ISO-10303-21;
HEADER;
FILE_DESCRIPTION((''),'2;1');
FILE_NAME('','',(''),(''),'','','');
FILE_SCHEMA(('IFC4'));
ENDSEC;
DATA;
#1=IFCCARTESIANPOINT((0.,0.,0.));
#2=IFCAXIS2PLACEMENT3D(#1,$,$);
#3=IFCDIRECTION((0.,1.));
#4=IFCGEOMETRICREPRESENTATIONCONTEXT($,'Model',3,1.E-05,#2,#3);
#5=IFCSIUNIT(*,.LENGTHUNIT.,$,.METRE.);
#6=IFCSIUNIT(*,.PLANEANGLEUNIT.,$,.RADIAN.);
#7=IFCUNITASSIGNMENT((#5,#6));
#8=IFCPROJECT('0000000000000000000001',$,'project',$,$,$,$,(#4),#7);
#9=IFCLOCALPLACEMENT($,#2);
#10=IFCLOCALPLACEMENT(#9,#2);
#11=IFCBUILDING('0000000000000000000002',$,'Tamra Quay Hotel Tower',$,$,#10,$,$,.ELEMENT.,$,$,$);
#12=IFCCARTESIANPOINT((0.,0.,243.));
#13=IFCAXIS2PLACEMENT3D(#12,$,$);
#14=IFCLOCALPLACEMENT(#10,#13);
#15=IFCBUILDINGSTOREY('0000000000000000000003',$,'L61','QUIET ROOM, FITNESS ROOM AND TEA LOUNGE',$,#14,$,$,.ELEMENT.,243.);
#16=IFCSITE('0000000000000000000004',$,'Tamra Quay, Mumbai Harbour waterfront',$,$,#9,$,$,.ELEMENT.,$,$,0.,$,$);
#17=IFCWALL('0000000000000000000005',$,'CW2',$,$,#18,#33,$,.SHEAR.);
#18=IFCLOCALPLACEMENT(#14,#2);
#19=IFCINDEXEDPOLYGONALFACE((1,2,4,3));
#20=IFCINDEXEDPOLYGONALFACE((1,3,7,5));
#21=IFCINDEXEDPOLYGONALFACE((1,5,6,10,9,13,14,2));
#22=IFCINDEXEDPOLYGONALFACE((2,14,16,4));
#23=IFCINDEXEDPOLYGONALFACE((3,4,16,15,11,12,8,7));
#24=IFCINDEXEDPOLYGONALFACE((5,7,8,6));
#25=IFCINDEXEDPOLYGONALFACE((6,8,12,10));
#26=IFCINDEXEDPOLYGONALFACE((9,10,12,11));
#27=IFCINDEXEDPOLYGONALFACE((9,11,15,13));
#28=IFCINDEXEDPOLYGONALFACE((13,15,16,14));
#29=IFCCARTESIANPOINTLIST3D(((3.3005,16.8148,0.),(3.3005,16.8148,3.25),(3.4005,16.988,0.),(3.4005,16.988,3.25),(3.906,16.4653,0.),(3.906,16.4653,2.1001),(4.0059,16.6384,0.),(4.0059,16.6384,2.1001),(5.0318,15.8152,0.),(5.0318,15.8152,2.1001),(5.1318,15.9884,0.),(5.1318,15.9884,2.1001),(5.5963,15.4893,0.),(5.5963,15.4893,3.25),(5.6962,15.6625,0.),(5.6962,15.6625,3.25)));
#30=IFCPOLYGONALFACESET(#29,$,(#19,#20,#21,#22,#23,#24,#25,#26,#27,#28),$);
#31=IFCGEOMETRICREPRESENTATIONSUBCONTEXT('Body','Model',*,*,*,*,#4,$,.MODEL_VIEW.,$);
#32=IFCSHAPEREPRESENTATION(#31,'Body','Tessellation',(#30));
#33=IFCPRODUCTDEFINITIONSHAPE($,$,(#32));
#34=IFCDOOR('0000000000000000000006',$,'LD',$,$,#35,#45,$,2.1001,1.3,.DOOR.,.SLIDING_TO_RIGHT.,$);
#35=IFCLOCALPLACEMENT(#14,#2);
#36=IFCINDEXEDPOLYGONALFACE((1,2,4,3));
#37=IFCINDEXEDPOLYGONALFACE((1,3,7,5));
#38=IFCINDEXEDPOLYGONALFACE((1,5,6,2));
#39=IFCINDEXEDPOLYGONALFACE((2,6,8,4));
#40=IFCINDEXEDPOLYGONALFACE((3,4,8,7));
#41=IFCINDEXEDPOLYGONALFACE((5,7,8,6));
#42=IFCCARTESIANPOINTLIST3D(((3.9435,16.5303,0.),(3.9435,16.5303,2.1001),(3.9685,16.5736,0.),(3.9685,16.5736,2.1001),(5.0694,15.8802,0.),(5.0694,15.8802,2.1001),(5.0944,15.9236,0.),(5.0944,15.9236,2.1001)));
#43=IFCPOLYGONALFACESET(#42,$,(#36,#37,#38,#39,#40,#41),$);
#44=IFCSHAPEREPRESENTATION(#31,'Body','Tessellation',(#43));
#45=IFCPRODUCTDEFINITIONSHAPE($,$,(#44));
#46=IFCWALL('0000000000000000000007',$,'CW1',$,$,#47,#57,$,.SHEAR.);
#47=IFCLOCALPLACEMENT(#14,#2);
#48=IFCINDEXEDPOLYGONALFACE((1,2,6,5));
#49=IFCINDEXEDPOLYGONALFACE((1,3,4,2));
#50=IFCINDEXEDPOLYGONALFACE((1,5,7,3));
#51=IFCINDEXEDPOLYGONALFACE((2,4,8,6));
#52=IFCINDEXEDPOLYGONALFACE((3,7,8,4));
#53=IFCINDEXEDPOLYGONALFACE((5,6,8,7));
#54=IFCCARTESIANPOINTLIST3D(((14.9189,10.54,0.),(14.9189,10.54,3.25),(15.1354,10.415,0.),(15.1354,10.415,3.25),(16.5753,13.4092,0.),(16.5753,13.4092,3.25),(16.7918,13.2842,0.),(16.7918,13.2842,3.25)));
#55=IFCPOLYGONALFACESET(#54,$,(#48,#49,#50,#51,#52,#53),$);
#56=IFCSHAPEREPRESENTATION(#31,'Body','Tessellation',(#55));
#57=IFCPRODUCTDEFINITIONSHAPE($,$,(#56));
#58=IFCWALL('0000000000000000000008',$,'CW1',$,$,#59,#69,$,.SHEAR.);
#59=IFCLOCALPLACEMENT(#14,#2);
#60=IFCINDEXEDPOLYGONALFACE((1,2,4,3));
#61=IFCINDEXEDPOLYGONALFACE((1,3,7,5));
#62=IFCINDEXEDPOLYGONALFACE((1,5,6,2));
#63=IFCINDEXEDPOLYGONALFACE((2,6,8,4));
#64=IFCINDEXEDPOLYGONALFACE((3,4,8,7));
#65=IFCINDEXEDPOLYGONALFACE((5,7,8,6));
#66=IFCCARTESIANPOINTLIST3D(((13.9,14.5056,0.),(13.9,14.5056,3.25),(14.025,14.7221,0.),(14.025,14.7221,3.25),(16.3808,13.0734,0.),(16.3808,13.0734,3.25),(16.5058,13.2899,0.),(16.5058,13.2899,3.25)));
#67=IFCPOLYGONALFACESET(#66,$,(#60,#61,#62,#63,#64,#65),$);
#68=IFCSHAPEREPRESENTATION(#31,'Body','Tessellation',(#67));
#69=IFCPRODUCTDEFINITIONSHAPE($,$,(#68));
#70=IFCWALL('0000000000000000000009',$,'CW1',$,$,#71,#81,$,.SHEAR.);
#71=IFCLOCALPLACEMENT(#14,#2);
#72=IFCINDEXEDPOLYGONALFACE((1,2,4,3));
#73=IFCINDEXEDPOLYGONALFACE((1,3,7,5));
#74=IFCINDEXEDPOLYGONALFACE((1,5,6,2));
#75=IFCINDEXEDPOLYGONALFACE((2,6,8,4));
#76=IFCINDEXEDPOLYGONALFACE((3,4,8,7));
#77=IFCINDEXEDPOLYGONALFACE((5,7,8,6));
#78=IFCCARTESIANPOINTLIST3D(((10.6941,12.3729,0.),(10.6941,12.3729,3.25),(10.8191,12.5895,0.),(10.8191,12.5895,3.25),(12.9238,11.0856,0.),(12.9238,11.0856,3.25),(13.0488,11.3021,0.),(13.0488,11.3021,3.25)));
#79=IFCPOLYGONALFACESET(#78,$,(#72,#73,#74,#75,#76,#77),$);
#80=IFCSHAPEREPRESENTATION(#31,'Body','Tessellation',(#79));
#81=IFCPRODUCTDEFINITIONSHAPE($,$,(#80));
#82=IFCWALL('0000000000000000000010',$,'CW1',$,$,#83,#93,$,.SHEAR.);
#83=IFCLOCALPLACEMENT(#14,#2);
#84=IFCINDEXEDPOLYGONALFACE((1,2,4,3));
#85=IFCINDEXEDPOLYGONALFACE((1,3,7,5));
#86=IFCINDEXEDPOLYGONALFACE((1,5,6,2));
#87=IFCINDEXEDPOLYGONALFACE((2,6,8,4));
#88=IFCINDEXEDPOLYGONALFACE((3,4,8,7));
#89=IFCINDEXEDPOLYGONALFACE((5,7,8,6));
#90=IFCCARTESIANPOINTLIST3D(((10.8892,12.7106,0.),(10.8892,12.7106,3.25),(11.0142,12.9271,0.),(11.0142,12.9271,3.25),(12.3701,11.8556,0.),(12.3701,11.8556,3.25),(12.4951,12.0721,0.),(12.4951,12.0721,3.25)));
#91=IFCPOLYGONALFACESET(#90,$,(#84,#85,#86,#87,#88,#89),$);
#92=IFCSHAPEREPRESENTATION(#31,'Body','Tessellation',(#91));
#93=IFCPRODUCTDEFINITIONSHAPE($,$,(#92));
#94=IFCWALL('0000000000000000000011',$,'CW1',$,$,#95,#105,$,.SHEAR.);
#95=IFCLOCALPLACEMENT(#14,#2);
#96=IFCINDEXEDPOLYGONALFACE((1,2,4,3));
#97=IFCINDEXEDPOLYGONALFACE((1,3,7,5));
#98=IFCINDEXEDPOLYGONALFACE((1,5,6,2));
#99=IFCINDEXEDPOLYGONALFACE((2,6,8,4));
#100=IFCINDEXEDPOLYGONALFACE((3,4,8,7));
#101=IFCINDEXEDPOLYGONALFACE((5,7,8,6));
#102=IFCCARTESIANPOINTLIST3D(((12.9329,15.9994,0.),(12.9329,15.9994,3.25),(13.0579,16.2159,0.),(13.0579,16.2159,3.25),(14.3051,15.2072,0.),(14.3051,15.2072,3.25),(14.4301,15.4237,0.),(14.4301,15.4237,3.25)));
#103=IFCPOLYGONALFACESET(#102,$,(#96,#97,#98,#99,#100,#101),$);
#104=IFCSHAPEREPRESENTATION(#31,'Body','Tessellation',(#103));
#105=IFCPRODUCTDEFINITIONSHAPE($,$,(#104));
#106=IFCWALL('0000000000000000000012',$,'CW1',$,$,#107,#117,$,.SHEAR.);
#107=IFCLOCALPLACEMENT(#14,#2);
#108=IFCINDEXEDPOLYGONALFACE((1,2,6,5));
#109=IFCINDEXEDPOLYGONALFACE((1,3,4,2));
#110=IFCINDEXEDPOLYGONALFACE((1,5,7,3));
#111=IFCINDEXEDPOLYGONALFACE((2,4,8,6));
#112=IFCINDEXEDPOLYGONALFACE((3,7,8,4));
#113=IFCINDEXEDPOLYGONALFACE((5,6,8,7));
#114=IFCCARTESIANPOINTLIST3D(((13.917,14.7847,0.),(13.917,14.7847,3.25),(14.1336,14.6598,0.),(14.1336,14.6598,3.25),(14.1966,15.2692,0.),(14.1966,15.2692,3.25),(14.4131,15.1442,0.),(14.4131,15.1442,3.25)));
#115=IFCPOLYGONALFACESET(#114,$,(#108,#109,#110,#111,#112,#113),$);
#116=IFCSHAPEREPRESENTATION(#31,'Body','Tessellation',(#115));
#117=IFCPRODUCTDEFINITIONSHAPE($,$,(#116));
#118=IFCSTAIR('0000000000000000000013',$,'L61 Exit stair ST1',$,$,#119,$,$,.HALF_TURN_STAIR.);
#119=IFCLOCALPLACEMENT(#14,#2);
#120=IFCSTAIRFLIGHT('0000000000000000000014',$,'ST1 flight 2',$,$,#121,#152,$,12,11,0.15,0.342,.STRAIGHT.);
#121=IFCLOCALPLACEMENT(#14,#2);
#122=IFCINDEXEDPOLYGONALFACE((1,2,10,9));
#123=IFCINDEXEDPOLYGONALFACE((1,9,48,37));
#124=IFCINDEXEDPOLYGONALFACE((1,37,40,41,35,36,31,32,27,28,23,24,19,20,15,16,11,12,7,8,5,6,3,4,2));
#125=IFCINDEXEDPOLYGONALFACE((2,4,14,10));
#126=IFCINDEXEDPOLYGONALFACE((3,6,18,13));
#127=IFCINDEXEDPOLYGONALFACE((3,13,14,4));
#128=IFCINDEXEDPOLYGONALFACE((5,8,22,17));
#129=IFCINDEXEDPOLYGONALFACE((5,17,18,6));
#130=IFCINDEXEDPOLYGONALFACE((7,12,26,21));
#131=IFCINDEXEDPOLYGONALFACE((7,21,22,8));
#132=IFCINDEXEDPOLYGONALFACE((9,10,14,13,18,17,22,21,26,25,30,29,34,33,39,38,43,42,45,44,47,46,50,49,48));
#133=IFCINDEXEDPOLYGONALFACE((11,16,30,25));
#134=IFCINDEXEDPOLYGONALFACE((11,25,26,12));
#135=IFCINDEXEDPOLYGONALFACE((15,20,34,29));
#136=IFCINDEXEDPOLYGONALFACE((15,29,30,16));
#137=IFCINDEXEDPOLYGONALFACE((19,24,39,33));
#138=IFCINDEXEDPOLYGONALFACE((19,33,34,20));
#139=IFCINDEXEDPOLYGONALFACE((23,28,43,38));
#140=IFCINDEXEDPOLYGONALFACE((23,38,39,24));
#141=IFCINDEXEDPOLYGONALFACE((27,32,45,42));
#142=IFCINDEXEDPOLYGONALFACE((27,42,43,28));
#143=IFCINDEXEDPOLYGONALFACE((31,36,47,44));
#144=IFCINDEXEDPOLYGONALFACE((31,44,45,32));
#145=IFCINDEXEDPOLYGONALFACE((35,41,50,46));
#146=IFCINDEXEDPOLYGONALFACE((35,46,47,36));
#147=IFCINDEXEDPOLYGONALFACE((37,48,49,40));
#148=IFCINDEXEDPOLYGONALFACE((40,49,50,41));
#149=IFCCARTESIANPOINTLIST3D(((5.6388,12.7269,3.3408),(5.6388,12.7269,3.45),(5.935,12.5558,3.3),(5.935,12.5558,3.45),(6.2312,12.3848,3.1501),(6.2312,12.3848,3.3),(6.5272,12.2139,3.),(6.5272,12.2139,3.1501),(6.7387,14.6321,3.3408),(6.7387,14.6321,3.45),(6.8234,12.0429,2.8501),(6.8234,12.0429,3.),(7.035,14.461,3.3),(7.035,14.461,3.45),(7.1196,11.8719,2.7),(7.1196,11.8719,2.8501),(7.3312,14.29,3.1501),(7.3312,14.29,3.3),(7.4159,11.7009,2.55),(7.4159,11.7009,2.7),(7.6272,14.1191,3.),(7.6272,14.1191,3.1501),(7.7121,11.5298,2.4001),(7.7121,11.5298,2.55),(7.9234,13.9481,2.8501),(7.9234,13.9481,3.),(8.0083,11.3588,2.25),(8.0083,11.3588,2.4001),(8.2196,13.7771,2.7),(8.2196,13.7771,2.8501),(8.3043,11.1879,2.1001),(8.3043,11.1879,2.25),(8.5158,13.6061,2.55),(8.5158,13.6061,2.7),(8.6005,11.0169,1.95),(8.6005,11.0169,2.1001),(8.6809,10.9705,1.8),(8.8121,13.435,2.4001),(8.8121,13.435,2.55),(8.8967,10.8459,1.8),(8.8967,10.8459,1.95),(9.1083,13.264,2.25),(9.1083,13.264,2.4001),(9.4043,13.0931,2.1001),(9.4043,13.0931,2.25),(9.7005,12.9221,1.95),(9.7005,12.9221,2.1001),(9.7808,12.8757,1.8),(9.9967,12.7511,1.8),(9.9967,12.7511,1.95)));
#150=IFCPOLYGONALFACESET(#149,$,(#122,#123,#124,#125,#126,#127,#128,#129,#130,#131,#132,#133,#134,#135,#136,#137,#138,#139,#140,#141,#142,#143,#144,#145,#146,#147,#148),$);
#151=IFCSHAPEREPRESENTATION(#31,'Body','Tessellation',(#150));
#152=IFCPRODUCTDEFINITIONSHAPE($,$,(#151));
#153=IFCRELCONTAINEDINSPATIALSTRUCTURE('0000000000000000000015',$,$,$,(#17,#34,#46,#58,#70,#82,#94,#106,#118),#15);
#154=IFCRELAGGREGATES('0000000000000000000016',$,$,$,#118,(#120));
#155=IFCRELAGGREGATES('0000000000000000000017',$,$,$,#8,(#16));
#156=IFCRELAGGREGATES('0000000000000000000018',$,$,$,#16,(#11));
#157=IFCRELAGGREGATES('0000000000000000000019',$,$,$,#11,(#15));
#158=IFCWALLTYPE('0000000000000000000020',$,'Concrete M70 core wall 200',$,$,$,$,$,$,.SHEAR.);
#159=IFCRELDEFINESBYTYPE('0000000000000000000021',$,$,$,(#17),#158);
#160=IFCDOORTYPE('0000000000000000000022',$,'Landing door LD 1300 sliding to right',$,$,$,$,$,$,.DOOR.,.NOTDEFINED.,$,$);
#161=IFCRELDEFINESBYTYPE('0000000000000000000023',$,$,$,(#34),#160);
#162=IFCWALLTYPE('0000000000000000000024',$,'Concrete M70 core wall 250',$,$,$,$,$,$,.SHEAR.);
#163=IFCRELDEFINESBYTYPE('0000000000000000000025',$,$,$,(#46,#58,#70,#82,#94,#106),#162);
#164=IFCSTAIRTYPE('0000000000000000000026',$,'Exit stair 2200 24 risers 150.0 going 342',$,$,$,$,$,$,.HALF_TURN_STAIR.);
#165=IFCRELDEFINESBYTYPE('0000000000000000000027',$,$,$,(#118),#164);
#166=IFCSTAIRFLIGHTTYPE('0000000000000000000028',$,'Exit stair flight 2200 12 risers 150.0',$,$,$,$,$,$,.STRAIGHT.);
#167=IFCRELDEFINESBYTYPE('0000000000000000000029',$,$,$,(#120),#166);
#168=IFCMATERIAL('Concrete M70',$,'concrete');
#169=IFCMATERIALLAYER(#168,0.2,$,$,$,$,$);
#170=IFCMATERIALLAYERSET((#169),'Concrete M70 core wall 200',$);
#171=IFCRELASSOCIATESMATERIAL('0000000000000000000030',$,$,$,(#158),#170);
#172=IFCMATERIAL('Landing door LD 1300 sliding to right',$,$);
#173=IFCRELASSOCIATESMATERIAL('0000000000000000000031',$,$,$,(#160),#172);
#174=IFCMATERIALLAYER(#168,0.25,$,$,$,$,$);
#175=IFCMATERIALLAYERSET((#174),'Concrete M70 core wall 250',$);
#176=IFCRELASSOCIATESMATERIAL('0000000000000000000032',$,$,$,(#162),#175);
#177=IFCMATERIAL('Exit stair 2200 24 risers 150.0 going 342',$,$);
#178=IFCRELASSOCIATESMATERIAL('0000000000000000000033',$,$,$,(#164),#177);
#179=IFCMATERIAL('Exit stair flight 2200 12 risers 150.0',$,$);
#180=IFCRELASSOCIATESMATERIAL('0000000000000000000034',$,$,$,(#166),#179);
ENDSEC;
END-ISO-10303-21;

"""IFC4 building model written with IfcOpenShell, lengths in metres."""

from ifc_helpers import new_model, si_unit, direction, frame, frame_2d, origin, place, context, subcontext, project, spatial, polyline, rectangle, outline, extrude, material, layer, layer_set, type_object, element, fill, aggregate, save


model = new_model("IFC4")

# Units and contexts
model_context = context("Model", 3, precision=1e-05, world=origin(), true_north=direction((0.0, 1.0)))
body_context = subcontext(model_context, "Body", "Model", "MODEL_VIEW")
ifc_project = project(units=[si_unit("LENGTHUNIT", "METRE"), si_unit("PLANEANGLEUNIT", "RADIAN")], contexts=[model_context])

# Site, building, storey
site_placement = place(None, origin())
site = spatial("IfcSite", under=ifc_project, at=site_placement, Name="Tamra Quay, Mumbai Harbour waterfront", CompositionType="ELEMENT", RefElevation=0.0)
building_placement = place(site_placement, origin())
building = spatial("IfcBuilding", under=site, at=building_placement, Name="Tamra Quay Hotel Tower", CompositionType="ELEMENT")
storey_placement = place(building_placement, frame((0.0, 0.0, 243.0)))
storey = spatial("IfcBuildingStorey", under=building, at=storey_placement, Name="L61", Description="QUIET ROOM, FITNESS ROOM AND TEA LOUNGE", CompositionType="ELEMENT", Elevation=243.0)

# Shared definitions
ifc_material_1 = material(Name="Concrete M70", Category="concrete")

# Shared definitions
ifc_layer_1 = layer(ifc_material_1, 0.2)
ifc_layer_set_1 = layer_set([ifc_layer_1], Name="Concrete M70 core wall 200")
wall_type_1 = type_object("IfcWallType", Name="Concrete M70 core wall 200", PredefinedType="SHEAR", material=ifc_layer_set_1)

# Wall, opening, door
wall_1_placement = place(storey_placement, frame((5.6462, 15.5759, 0.0), z_axis=(0.0, 0.0, 1.0), x_axis=(-0.866018, 0.500012, 0.0)))
wall_1 = element("IfcWall", 1, at=wall_1_placement, inside=storey, type_object=wall_type_1, Name="CW2", PredefinedType="SHEAR", context=body_context, shape_type="SweptSolid", body=[
    extrude(rectangle(XDim=2.6509, YDim=0.2, at=frame_2d((1.3254, 0.0))), origin(), (0.0, 0.0, 1.0), 3.25),
])
opening_1_placement = place(wall_1_placement, frame((0.6519, 0.0, 0.0)))
opening_1 = element("IfcOpeningElement", 2, at=opening_1_placement, cuts=wall_1, PredefinedType="OPENING", context=body_context, shape_type="SweptSolid", body=[
    extrude(rectangle(XDim=1.3, YDim=2.1001, at=frame_2d((0.6499, 1.05))), frame((0.0, 0.1099, 0.0), z_axis=(0.0, -1.0, 0.0), x_axis=(1.0, 0.0, 0.0)), (0.0, 0.0, 1.0), 0.22),
])
ifc_material_2 = material(Name="Landing door LD 1300 sliding to right")
door_type_1 = type_object("IfcDoorType", Name="Landing door LD 1300 sliding to right", OperationType="NOTDEFINED", PredefinedType="DOOR", material=ifc_material_2)
door_1_placement = place(opening_1_placement, origin())
door_1 = element("IfcDoor", 3, at=door_1_placement, inside=storey, type_object=door_type_1, Name="LD", OperationType="SLIDING_TO_RIGHT", OverallHeight=2.1001, OverallWidth=1.3, PredefinedType="DOOR", context=body_context, shape_type="SweptSolid", body=[
    extrude(rectangle(XDim=1.3, YDim=2.1001, at=frame_2d((0.6499, 1.05))), frame((0.0, 0.0249, 0.0), z_axis=(0.0, -1.0, 0.0), x_axis=(1.0, 0.0, 0.0)), (0.0, 0.0, 1.0), 0.05),
])
fill(opening_1, door_1)

# Walls
ifc_layer_2 = layer(ifc_material_1, 0.25)
ifc_layer_set_2 = layer_set([ifc_layer_2], Name="Concrete M70 core wall 250")
wall_type_2 = type_object("IfcWallType", Name="Concrete M70 core wall 250", PredefinedType="SHEAR", material=ifc_layer_set_2)
wall_2_placement = place(storey_placement, frame((16.6836, 13.3467, 0.0), z_axis=(0.0, 0.0, 1.0), x_axis=(-0.499999, -0.866026, 0.0)))
element("IfcWall", 4, at=wall_2_placement, inside=storey, type_object=wall_type_2, Name="CW1", PredefinedType="SHEAR", context=body_context, shape_type="SweptSolid", body=[
    extrude(rectangle(XDim=3.313, YDim=0.25, at=frame_2d((1.6565, 0.0))), origin(), (0.0, 0.0, 1.0), 3.25),
])
wall_3_placement = place(storey_placement, frame((13.9626, 14.6138, 0.0), z_axis=(0.0, 0.0, 1.0), x_axis=(0.866042, -0.499971, 0.0)))
element("IfcWall", 5, at=wall_3_placement, inside=storey, type_object=wall_type_2, Name="CW1", PredefinedType="SHEAR", context=body_context, shape_type="SweptSolid", body=[
    extrude(rectangle(XDim=2.8645, YDim=0.25, at=frame_2d((1.4321, 0.0))), origin(), (0.0, 0.0, 1.0), 3.25),
])
wall_4_placement = place(storey_placement, frame((10.7566, 12.4812, 0.0), z_axis=(0.0, 0.0, 1.0), x_axis=(0.866023, -0.500004, 0.0)))
element("IfcWall", 6, at=wall_4_placement, inside=storey, type_object=wall_type_2, Name="CW1", PredefinedType="SHEAR", context=body_context, shape_type="SweptSolid", body=[
    extrude(rectangle(XDim=2.5747, YDim=0.25, at=frame_2d((1.2874, 0.0))), origin(), (0.0, 0.0, 1.0), 3.25),
])
wall_5_placement = place(storey_placement, frame((12.4326, 11.9639, 0.0), z_axis=(0.0, 0.0, 1.0), x_axis=(-0.866038, 0.499978, 0.0)))
element("IfcWall", 7, at=wall_5_placement, inside=storey, type_object=wall_type_2, Name="CW1", PredefinedType="SHEAR", context=body_context, shape_type="SweptSolid", body=[
    extrude(rectangle(XDim=1.71, YDim=0.25, at=frame_2d((0.855, 0.0))), origin(), (0.0, 0.0, 1.0), 3.25),
])
wall_6_placement = place(storey_placement, frame((12.9954, 16.1077, 0.0), z_axis=(0.0, 0.0, 1.0), x_axis=(0.866044, -0.499967, 0.0)))
element("IfcWall", 8, at=wall_6_placement, inside=storey, type_object=wall_type_2, Name="CW1", PredefinedType="SHEAR", context=body_context, shape_type="SweptSolid", body=[
    extrude(rectangle(XDim=1.5845, YDim=0.25, at=frame_2d((0.7922, 0.0))), origin(), (0.0, 0.0, 1.0), 3.25),
])
wall_7_placement = place(storey_placement, frame((14.3049, 15.2068, 0.0), z_axis=(0.0, 0.0, 1.0), x_axis=(-0.499848, -0.866113, 0.0)))
element("IfcWall", 9, at=wall_7_placement, inside=storey, type_object=wall_type_2, Name="CW1", PredefinedType="SHEAR", context=body_context, shape_type="SweptSolid", body=[
    extrude(rectangle(XDim=0.5593, YDim=0.25, at=frame_2d((0.2798, 0.0))), origin(), (0.0, 0.0, 1.0), 3.25),
])

# Stair, stair flight
ifc_material_3 = material(Name="Exit stair 2200 24 risers 150.0 going 342")
stair_type = type_object("IfcStairType", Name="Exit stair 2200 24 risers 150.0 going 342", PredefinedType="HALF_TURN_STAIR", material=ifc_material_3)
stair_placement = place(storey_placement, origin())
stair = element("IfcStair", 10, at=stair_placement, inside=storey, type_object=stair_type, Name="L61 Exit stair ST1", PredefinedType="HALF_TURN_STAIR")
ifc_material_4 = material(Name="Exit stair flight 2200 12 risers 150.0")
stair_flight_type = type_object("IfcStairFlightType", Name="Exit stair flight 2200 12 risers 150.0", PredefinedType="STRAIGHT", material=ifc_material_4)
stair_flight_placement = place(storey_placement, frame((9.4468, 11.7986, 1.8), z_axis=(0.0, 0.0, 1.0), x_axis=(-0.866025, 0.5, 0.0)))
stair_flight = element("IfcStairFlight", 11, at=stair_flight_placement, type_object=stair_flight_type, Name="ST1 flight 2", NumberOfRisers=12, NumberOfTreads=11, PredefinedType="STRAIGHT", RiserHeight=0.15, TreadLength=0.342, context=body_context, shape_type="SweptSolid", body=[
    extrude(outline(polyline([(0.0, 0.0), (0.0, 0.1499), (0.342, 0.1499), (0.342, 0.3), (0.6841, 0.3), (0.6841, 0.45), (1.0259, 0.45), (1.0259, 0.6001), (1.3679, 0.6001), (1.3679, 0.75), (1.71, 0.75), (1.71, 0.8999), (2.052, 0.8999), (2.052, 1.05), (2.394, 1.05), (2.394, 1.2), (2.7361, 1.2), (2.7361, 1.3501), (3.0779, 1.3501), (3.0779, 1.5), (3.4199, 1.5), (3.4199, 1.6499), (3.762, 1.6499), (3.762, 1.8), (3.762, 1.5408), (0.2493, 0.0), (0.0, 0.0)])), frame((0.0, 1.1001, 0.0), z_axis=(0.0, -1.0, 0.0), x_axis=(1.0, 0.0, 0.0)), (0.0, 0.0, 1.0), 2.2),
])
aggregate(stair, [stair_flight])

save(model, "model.ifc")
